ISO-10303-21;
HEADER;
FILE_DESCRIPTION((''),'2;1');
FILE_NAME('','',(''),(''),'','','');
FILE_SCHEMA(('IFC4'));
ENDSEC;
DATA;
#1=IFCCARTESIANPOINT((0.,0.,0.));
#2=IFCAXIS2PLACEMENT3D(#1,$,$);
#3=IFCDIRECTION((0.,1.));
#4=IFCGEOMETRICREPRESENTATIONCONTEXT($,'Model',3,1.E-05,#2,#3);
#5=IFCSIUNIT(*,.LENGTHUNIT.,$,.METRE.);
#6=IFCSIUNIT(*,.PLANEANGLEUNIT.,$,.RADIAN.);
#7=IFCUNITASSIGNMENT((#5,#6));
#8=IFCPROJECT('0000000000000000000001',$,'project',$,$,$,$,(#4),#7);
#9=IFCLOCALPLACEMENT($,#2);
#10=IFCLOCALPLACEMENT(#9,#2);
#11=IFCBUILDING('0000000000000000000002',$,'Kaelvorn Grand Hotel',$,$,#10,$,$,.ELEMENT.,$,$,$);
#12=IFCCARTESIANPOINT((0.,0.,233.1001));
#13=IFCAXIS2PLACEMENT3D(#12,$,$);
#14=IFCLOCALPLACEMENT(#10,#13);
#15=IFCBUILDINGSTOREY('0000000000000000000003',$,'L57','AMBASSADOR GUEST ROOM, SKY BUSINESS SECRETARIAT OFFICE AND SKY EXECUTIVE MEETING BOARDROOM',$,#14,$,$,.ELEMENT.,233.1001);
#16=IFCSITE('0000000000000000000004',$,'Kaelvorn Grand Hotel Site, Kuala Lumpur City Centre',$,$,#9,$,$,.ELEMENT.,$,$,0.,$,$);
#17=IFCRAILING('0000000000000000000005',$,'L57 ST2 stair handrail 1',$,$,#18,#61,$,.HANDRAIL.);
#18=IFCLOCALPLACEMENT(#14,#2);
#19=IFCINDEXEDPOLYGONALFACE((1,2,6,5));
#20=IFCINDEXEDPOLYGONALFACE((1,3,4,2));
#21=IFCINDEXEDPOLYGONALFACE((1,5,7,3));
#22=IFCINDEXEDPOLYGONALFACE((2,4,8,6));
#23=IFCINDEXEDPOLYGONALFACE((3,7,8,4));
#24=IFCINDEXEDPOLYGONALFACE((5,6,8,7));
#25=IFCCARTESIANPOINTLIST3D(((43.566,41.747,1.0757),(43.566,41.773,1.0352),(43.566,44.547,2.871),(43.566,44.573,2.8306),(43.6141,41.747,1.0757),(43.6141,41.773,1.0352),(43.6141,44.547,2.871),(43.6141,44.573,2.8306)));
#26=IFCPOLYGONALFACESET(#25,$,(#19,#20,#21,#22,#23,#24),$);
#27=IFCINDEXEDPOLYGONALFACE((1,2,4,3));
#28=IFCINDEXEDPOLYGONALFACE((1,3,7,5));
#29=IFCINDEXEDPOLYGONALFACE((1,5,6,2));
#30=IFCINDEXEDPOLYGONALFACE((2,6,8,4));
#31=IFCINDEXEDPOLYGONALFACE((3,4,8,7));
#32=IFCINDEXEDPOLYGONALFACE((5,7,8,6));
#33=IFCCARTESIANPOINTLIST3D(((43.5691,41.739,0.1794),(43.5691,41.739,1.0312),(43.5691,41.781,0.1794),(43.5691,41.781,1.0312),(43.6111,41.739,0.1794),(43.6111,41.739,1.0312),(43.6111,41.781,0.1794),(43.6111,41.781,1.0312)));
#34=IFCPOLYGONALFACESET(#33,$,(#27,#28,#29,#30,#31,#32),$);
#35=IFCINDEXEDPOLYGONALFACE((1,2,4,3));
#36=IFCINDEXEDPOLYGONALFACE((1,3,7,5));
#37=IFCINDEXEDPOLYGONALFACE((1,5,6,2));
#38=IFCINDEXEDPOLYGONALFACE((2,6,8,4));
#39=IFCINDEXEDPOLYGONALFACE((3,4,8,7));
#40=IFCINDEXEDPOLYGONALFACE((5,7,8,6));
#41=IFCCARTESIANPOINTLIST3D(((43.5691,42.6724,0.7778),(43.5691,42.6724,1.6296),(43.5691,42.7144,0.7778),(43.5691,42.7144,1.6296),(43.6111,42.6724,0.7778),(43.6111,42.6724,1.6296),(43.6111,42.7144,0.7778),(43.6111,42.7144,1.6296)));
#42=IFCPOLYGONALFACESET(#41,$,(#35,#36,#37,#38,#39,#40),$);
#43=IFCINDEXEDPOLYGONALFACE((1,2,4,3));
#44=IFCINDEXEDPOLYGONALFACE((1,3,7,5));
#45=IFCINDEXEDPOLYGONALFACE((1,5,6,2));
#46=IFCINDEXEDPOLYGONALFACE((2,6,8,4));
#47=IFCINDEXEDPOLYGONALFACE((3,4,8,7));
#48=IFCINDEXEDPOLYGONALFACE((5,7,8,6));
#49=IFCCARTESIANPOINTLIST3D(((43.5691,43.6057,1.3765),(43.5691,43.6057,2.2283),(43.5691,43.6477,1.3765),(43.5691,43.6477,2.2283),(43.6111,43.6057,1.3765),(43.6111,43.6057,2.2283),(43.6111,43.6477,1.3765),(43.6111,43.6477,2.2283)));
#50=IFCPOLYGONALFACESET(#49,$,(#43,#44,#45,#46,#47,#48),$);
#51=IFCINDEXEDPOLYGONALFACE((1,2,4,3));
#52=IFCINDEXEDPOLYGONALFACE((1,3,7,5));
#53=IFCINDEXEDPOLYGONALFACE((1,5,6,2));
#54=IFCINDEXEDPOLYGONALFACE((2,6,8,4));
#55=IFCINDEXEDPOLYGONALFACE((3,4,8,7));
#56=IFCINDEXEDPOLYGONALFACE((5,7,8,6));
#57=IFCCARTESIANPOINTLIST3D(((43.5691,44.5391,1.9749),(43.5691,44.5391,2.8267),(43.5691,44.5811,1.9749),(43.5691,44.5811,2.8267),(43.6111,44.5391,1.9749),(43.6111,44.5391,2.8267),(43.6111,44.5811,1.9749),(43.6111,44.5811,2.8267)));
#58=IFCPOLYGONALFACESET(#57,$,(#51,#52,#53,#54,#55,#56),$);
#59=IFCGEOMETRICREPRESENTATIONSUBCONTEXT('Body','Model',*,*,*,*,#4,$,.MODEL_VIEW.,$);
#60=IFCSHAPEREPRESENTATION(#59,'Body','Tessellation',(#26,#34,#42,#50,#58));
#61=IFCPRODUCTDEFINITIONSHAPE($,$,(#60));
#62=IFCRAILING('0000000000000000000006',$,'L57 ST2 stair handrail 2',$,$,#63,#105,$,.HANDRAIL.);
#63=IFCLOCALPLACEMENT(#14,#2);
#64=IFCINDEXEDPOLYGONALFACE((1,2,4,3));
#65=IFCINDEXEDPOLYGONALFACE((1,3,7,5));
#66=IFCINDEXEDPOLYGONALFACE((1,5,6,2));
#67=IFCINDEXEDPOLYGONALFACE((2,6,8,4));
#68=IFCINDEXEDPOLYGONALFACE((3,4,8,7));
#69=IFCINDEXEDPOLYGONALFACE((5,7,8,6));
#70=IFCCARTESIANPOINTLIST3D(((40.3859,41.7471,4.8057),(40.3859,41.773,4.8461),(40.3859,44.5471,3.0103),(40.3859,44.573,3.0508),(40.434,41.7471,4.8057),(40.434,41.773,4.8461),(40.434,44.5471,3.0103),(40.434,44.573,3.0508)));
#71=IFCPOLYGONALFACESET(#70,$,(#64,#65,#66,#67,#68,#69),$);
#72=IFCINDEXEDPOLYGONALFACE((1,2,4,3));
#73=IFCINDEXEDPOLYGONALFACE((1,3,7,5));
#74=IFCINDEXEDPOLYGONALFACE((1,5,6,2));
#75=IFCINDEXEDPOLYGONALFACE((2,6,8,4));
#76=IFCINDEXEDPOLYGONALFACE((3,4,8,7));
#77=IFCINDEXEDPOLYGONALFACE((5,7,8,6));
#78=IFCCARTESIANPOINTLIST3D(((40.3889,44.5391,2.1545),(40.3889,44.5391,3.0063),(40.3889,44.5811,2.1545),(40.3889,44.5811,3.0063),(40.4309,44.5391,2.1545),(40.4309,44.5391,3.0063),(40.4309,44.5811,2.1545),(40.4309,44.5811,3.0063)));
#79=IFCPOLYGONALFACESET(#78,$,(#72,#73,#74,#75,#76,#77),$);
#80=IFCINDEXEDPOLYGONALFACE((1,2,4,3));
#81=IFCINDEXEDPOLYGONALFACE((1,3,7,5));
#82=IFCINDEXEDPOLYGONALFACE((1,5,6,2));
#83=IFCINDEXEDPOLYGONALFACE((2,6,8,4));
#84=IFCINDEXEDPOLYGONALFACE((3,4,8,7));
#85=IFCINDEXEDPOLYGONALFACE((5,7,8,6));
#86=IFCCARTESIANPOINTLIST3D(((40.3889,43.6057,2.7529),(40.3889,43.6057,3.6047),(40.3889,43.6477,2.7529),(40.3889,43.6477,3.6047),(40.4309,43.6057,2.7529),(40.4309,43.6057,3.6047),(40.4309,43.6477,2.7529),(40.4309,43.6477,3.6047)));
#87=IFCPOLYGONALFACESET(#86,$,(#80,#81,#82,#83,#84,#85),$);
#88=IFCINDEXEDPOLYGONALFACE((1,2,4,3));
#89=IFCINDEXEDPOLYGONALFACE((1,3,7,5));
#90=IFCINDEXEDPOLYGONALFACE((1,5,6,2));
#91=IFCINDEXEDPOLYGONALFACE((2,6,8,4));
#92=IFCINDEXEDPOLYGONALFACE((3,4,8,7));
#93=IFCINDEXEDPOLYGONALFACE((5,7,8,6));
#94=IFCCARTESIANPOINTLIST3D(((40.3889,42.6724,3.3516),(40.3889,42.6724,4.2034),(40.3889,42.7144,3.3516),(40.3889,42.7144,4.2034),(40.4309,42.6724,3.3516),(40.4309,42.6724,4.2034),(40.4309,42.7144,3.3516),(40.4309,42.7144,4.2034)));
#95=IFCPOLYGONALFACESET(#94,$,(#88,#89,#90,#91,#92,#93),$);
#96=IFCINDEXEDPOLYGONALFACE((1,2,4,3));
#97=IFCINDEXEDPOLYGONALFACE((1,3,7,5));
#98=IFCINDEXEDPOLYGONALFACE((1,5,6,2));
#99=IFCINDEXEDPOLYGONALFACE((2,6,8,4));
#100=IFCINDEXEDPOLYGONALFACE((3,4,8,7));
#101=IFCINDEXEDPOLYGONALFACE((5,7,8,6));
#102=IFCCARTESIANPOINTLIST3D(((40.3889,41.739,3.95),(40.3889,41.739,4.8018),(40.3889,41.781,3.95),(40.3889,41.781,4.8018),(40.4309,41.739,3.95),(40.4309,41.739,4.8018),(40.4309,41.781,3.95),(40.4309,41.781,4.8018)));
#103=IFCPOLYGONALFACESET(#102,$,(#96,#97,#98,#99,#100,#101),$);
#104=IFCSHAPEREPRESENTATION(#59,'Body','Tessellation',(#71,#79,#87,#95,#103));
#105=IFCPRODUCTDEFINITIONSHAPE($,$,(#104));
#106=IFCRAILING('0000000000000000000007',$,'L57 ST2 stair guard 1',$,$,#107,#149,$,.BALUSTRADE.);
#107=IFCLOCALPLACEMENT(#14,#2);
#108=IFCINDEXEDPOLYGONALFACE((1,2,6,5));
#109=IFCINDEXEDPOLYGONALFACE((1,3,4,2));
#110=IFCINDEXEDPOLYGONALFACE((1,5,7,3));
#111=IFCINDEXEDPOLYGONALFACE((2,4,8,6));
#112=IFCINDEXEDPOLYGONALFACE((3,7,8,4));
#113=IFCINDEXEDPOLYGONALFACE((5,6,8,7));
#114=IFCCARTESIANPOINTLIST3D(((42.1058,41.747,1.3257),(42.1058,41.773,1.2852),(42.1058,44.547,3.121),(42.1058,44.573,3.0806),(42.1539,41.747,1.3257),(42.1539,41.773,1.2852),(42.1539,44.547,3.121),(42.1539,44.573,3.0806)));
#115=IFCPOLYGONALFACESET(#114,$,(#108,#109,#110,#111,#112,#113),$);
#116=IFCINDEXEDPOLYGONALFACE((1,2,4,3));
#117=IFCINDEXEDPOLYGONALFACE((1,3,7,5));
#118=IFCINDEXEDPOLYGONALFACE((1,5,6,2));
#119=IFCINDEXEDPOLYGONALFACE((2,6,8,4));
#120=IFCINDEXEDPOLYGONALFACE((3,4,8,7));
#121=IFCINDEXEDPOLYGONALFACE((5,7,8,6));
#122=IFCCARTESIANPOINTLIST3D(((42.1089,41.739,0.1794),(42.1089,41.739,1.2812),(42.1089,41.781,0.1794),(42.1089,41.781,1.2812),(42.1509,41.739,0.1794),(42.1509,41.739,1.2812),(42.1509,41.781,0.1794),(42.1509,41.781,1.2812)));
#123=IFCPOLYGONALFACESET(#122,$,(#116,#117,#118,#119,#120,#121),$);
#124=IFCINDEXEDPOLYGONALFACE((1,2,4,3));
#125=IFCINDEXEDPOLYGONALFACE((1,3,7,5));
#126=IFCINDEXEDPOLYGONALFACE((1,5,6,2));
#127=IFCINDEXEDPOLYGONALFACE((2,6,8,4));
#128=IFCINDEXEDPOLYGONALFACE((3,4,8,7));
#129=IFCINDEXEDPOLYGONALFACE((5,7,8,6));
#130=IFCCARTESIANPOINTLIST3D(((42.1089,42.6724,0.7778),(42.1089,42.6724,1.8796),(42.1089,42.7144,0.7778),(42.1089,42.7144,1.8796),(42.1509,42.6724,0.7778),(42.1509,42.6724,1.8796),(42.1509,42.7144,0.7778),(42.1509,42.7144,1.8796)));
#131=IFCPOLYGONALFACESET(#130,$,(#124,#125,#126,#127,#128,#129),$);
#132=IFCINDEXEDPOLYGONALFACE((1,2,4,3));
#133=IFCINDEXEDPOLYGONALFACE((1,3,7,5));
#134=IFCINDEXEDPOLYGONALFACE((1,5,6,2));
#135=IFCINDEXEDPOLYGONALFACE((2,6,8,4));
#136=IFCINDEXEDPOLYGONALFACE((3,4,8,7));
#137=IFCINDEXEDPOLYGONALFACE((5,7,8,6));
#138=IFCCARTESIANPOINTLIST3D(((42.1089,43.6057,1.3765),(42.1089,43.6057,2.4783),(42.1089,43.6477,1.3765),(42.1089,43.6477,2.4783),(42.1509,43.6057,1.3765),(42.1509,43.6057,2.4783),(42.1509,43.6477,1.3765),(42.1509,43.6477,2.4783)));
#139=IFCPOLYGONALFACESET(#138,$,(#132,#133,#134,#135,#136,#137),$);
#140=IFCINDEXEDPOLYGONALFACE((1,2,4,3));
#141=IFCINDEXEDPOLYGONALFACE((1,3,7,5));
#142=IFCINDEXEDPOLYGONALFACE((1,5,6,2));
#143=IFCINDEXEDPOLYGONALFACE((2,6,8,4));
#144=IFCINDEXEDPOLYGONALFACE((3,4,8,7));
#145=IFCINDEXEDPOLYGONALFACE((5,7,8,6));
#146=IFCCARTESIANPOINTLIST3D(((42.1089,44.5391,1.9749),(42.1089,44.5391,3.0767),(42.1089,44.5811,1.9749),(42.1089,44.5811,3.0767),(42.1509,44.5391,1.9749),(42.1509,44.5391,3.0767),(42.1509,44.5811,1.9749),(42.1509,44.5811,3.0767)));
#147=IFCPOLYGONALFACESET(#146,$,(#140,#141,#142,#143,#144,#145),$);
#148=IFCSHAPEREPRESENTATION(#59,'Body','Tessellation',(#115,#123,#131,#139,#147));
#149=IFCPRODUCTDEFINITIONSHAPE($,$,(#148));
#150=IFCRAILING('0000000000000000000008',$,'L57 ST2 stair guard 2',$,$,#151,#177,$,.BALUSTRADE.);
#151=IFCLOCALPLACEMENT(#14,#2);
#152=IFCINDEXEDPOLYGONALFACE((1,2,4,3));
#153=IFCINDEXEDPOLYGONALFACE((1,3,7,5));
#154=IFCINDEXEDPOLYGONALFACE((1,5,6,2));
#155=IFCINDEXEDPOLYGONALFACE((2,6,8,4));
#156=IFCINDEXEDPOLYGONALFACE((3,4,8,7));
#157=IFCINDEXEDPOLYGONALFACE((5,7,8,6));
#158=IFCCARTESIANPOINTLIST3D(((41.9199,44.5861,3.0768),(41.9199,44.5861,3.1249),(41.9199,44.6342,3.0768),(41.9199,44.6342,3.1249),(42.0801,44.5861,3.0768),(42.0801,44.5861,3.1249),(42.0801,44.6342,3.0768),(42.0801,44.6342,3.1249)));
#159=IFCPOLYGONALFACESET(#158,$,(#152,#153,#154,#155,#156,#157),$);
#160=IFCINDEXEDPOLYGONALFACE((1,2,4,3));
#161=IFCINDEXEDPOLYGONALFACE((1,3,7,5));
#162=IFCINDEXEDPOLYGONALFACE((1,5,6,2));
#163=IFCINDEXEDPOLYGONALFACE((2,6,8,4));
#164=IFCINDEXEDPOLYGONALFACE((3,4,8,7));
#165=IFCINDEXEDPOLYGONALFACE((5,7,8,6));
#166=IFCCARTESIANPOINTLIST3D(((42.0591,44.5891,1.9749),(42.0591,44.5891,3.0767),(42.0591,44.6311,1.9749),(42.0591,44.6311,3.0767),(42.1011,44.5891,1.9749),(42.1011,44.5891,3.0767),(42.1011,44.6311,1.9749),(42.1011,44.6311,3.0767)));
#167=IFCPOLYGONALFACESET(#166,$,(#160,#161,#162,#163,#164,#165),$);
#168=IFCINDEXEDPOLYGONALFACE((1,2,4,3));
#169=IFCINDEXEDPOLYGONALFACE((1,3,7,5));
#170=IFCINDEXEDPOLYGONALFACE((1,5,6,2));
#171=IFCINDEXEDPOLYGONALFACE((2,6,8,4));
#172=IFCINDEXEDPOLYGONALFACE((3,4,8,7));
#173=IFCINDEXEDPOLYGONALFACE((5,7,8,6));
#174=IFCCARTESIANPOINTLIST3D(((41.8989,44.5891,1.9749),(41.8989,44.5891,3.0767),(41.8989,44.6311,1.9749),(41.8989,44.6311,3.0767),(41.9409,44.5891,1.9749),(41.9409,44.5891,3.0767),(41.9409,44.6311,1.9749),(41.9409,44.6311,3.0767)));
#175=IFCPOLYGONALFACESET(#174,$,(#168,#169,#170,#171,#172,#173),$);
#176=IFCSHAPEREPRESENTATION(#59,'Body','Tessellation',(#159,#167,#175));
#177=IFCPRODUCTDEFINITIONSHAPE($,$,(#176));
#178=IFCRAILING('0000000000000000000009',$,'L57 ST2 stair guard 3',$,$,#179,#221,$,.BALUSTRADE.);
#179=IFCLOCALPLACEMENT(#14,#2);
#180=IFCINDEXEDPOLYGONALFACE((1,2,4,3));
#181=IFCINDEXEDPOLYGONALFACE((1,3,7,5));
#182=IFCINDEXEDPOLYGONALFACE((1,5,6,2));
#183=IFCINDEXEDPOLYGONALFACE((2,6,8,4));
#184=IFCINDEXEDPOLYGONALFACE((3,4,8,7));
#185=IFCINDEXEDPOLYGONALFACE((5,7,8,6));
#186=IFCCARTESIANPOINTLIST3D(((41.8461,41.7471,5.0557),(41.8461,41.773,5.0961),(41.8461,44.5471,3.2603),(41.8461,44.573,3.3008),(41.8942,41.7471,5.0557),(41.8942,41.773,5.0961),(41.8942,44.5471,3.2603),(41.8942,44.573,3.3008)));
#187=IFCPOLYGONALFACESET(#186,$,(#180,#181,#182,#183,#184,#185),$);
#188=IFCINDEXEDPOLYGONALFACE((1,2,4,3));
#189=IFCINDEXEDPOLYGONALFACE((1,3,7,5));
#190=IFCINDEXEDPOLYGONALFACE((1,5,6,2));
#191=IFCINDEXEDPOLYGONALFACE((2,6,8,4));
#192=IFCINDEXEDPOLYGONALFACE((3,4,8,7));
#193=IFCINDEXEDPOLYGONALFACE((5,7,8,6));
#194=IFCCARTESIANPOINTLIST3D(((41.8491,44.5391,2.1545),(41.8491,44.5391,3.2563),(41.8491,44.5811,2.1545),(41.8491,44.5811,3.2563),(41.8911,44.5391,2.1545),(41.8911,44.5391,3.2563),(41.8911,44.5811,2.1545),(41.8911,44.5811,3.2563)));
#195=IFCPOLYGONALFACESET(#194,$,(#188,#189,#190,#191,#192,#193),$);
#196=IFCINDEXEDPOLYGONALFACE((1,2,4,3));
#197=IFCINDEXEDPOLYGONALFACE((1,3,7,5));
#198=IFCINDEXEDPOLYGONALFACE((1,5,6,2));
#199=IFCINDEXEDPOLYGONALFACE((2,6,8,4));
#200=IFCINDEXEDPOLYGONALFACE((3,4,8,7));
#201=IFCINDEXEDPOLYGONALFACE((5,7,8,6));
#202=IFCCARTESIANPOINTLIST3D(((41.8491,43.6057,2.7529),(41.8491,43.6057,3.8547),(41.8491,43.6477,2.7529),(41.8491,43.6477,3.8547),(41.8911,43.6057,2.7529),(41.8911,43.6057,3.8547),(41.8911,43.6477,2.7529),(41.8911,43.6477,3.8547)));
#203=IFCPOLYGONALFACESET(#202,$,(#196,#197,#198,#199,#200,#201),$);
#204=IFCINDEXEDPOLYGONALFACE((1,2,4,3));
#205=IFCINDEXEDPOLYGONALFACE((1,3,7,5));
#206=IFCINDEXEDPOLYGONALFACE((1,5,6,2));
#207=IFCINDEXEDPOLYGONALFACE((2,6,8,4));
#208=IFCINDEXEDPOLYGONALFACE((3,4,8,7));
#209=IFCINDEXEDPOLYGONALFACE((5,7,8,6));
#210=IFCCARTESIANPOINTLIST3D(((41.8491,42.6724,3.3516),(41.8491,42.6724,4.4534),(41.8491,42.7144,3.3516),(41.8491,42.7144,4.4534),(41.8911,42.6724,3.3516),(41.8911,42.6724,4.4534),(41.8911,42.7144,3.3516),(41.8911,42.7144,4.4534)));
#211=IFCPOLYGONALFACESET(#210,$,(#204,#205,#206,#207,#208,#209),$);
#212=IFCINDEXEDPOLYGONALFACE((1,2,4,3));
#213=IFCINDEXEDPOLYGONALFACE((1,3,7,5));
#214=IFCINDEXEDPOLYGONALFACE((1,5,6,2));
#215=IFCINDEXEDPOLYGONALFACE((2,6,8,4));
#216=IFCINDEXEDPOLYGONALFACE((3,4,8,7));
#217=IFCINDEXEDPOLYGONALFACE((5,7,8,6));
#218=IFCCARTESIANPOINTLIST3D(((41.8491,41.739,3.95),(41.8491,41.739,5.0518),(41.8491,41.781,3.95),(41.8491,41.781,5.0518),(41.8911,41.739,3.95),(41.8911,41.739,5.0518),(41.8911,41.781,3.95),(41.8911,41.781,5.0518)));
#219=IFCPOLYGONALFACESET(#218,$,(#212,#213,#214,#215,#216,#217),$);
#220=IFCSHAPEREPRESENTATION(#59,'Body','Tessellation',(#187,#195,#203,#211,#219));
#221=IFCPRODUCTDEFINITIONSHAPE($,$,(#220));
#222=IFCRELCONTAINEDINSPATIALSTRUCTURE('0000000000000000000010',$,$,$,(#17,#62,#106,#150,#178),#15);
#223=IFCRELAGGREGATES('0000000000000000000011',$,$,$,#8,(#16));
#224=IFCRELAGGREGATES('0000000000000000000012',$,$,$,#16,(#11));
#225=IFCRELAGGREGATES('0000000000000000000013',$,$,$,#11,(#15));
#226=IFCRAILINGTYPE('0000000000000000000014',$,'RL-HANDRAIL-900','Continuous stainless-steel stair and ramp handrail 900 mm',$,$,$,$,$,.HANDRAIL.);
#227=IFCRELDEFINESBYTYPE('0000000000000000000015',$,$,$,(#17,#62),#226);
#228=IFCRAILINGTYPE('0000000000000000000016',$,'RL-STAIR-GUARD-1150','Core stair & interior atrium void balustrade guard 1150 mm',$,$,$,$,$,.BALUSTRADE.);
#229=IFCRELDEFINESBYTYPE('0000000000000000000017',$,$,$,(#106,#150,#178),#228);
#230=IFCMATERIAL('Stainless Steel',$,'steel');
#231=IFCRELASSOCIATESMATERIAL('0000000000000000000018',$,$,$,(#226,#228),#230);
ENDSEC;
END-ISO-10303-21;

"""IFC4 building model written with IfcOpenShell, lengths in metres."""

from ifc_helpers import new_model, si_unit, direction, frame, origin, origin_2d, place, context, subcontext, project, spatial, rectangle, extrude, material, type_object, element, save


model = new_model("IFC4")

# Units and contexts
model_context = context("Model", 3, precision=1e-05, world=origin(), true_north=direction((0.0, 1.0)))
body_context = subcontext(model_context, "Body", "Model", "MODEL_VIEW")
ifc_project = project(units=[si_unit("LENGTHUNIT", "METRE"), si_unit("PLANEANGLEUNIT", "RADIAN")], contexts=[model_context])

# Site, building, storey
site_placement = place(None, origin())
site = spatial("IfcSite", under=ifc_project, at=site_placement, Name="Kaelvorn Grand Hotel Site, Kuala Lumpur City Centre", CompositionType="ELEMENT", RefElevation=0.0)
building_placement = place(site_placement, origin())
building = spatial("IfcBuilding", under=site, at=building_placement, Name="Kaelvorn Grand Hotel", CompositionType="ELEMENT")
storey_placement = place(building_placement, frame((0.0, 0.0, 233.1001)))
storey = spatial("IfcBuildingStorey", under=building, at=storey_placement, Name="L57", Description="AMBASSADOR GUEST ROOM, SKY BUSINESS SECRETARIAT OFFICE AND SKY EXECUTIVE MEETING BOARDROOM", CompositionType="ELEMENT", Elevation=233.1001)

# Railings
ifc_material_1 = material(Name="Stainless Steel", Category="steel")
railing_type_1 = type_object("IfcRailingType", Name="RL-HANDRAIL-900", Description="Continuous stainless-steel stair and ramp handrail 900 mm", PredefinedType="HANDRAIL", material=ifc_material_1)
railing_1_placement = place(storey_placement, frame((43.5901, 41.76, 0.1794)))
element("IfcRailing", 1, at=railing_1_placement, inside=storey, type_object=railing_type_1, Name="L57 ST2 stair handrail 1", PredefinedType="HANDRAIL", context=body_context, shape_type="SweptSolid", body=[
    extrude(rectangle(XDim=0.0481, YDim=0.0481, at=origin_2d()), frame((0.0, 0.0, 0.876), z_axis=(0.0, 0.84181, 0.539774), x_axis=(-1.0, 0.0, 0.0)), (0.0, 0.0, 1.0), 3.3262),
    extrude(rectangle(XDim=0.042, YDim=0.042, at=origin_2d()), origin(), (0.0, 0.0, 1.0), 0.8518),
    extrude(rectangle(XDim=0.042, YDim=0.042, at=origin_2d()), frame((0.0, 0.9333, 0.5984)), (0.0, 0.0, 1.0), 0.8518),
    extrude(rectangle(XDim=0.042, YDim=0.042, at=origin_2d()), frame((0.0, 1.8667, 1.197)), (0.0, 0.0, 1.0), 0.8518),
    extrude(rectangle(XDim=0.042, YDim=0.042, at=origin_2d()), frame((0.0, 2.8, 1.7954)), (0.0, 0.0, 1.0), 0.8518),
])
railing_2_placement = place(storey_placement, frame((40.4099, 44.5601, 2.1545)))
element("IfcRailing", 2, at=railing_2_placement, inside=storey, type_object=railing_type_1, Name="L57 ST2 stair handrail 2", PredefinedType="HANDRAIL", context=body_context, shape_type="SweptSolid", body=[
    extrude(rectangle(XDim=0.0481, YDim=0.0481, at=origin_2d()), frame((0.0, 0.0, 0.876), z_axis=(0.0, -0.84181, 0.539774), x_axis=(1.0, 0.0, 0.0)), (0.0, 0.0, 1.0), 3.3262),
    extrude(rectangle(XDim=0.042, YDim=0.042, at=origin_2d()), origin(), (0.0, 0.0, 1.0), 0.8518),
    extrude(rectangle(XDim=0.042, YDim=0.042, at=origin_2d()), frame((0.0, -0.9333, 0.5984)), (0.0, 0.0, 1.0), 0.8518),
    extrude(rectangle(XDim=0.042, YDim=0.042, at=origin_2d()), frame((0.0, -1.8667, 1.197)), (0.0, 0.0, 1.0), 0.8518),
    extrude(rectangle(XDim=0.042, YDim=0.042, at=origin_2d()), frame((0.0, -2.8, 1.7954)), (0.0, 0.0, 1.0), 0.8518),
])
railing_type_2 = type_object("IfcRailingType", Name="RL-STAIR-GUARD-1150", Description="Core stair & interior atrium void balustrade guard 1150 mm", PredefinedType="BALUSTRADE", material=ifc_material_1)
railing_3_placement = place(storey_placement, frame((42.1299, 41.76, 0.1794)))
element("IfcRailing", 3, at=railing_3_placement, inside=storey, type_object=railing_type_2, Name="L57 ST2 stair guard 1", PredefinedType="BALUSTRADE", context=body_context, shape_type="SweptSolid", body=[
    extrude(rectangle(XDim=0.0481, YDim=0.0481, at=origin_2d()), frame((0.0, 0.0, 1.126), z_axis=(0.0, 0.84181, 0.539774), x_axis=(-1.0, 0.0, 0.0)), (0.0, 0.0, 1.0), 3.3262),
    extrude(rectangle(XDim=0.042, YDim=0.042, at=origin_2d()), origin(), (0.0, 0.0, 1.0), 1.1018),
    extrude(rectangle(XDim=0.042, YDim=0.042, at=origin_2d()), frame((0.0, 0.9333, 0.5984)), (0.0, 0.0, 1.0), 1.1018),
    extrude(rectangle(XDim=0.042, YDim=0.042, at=origin_2d()), frame((0.0, 1.8667, 1.197)), (0.0, 0.0, 1.0), 1.1018),
    extrude(rectangle(XDim=0.042, YDim=0.042, at=origin_2d()), frame((0.0, 2.8, 1.7954)), (0.0, 0.0, 1.0), 1.1018),
])
railing_4_placement = place(storey_placement, frame((42.0801, 44.6101, 1.9749)))
element("IfcRailing", 4, at=railing_4_placement, inside=storey, type_object=railing_type_2, Name="L57 ST2 stair guard 2", PredefinedType="BALUSTRADE", context=body_context, shape_type="SweptSolid", body=[
    extrude(rectangle(XDim=0.0481, YDim=0.0481, at=origin_2d()), frame((0.0, 0.0, 1.126), z_axis=(-1.0, 0.0, 0.0), x_axis=(0.0, -1.0, 0.0)), (0.0, 0.0, 1.0), 0.1602),
    extrude(rectangle(XDim=0.042, YDim=0.042, at=origin_2d()), origin(), (0.0, 0.0, 1.0), 1.1018),
    extrude(rectangle(XDim=0.042, YDim=0.042, at=origin_2d()), frame((-0.1602, 0.0, 0.0)), (0.0, 0.0, 1.0), 1.1018),
])
railing_5_placement = place(storey_placement, frame((41.8701, 44.5601, 2.1545)))
element("IfcRailing", 5, at=railing_5_placement, inside=storey, type_object=railing_type_2, Name="L57 ST2 stair guard 3", PredefinedType="BALUSTRADE", context=body_context, shape_type="SweptSolid", body=[
    extrude(rectangle(XDim=0.0481, YDim=0.0481, at=origin_2d()), frame((0.0, 0.0, 1.126), z_axis=(0.0, -0.84181, 0.539774), x_axis=(1.0, 0.0, 0.0)), (0.0, 0.0, 1.0), 3.3262),
    extrude(rectangle(XDim=0.042, YDim=0.042, at=origin_2d()), origin(), (0.0, 0.0, 1.0), 1.1018),
    extrude(rectangle(XDim=0.042, YDim=0.042, at=origin_2d()), frame((0.0, -0.9333, 0.5984)), (0.0, 0.0, 1.0), 1.1018),
    extrude(rectangle(XDim=0.042, YDim=0.042, at=origin_2d()), frame((0.0, -1.8667, 1.197)), (0.0, 0.0, 1.0), 1.1018),
    extrude(rectangle(XDim=0.042, YDim=0.042, at=origin_2d()), frame((0.0, -2.8, 1.7954)), (0.0, 0.0, 1.0), 1.1018),
])

save(model, "model.ifc")
